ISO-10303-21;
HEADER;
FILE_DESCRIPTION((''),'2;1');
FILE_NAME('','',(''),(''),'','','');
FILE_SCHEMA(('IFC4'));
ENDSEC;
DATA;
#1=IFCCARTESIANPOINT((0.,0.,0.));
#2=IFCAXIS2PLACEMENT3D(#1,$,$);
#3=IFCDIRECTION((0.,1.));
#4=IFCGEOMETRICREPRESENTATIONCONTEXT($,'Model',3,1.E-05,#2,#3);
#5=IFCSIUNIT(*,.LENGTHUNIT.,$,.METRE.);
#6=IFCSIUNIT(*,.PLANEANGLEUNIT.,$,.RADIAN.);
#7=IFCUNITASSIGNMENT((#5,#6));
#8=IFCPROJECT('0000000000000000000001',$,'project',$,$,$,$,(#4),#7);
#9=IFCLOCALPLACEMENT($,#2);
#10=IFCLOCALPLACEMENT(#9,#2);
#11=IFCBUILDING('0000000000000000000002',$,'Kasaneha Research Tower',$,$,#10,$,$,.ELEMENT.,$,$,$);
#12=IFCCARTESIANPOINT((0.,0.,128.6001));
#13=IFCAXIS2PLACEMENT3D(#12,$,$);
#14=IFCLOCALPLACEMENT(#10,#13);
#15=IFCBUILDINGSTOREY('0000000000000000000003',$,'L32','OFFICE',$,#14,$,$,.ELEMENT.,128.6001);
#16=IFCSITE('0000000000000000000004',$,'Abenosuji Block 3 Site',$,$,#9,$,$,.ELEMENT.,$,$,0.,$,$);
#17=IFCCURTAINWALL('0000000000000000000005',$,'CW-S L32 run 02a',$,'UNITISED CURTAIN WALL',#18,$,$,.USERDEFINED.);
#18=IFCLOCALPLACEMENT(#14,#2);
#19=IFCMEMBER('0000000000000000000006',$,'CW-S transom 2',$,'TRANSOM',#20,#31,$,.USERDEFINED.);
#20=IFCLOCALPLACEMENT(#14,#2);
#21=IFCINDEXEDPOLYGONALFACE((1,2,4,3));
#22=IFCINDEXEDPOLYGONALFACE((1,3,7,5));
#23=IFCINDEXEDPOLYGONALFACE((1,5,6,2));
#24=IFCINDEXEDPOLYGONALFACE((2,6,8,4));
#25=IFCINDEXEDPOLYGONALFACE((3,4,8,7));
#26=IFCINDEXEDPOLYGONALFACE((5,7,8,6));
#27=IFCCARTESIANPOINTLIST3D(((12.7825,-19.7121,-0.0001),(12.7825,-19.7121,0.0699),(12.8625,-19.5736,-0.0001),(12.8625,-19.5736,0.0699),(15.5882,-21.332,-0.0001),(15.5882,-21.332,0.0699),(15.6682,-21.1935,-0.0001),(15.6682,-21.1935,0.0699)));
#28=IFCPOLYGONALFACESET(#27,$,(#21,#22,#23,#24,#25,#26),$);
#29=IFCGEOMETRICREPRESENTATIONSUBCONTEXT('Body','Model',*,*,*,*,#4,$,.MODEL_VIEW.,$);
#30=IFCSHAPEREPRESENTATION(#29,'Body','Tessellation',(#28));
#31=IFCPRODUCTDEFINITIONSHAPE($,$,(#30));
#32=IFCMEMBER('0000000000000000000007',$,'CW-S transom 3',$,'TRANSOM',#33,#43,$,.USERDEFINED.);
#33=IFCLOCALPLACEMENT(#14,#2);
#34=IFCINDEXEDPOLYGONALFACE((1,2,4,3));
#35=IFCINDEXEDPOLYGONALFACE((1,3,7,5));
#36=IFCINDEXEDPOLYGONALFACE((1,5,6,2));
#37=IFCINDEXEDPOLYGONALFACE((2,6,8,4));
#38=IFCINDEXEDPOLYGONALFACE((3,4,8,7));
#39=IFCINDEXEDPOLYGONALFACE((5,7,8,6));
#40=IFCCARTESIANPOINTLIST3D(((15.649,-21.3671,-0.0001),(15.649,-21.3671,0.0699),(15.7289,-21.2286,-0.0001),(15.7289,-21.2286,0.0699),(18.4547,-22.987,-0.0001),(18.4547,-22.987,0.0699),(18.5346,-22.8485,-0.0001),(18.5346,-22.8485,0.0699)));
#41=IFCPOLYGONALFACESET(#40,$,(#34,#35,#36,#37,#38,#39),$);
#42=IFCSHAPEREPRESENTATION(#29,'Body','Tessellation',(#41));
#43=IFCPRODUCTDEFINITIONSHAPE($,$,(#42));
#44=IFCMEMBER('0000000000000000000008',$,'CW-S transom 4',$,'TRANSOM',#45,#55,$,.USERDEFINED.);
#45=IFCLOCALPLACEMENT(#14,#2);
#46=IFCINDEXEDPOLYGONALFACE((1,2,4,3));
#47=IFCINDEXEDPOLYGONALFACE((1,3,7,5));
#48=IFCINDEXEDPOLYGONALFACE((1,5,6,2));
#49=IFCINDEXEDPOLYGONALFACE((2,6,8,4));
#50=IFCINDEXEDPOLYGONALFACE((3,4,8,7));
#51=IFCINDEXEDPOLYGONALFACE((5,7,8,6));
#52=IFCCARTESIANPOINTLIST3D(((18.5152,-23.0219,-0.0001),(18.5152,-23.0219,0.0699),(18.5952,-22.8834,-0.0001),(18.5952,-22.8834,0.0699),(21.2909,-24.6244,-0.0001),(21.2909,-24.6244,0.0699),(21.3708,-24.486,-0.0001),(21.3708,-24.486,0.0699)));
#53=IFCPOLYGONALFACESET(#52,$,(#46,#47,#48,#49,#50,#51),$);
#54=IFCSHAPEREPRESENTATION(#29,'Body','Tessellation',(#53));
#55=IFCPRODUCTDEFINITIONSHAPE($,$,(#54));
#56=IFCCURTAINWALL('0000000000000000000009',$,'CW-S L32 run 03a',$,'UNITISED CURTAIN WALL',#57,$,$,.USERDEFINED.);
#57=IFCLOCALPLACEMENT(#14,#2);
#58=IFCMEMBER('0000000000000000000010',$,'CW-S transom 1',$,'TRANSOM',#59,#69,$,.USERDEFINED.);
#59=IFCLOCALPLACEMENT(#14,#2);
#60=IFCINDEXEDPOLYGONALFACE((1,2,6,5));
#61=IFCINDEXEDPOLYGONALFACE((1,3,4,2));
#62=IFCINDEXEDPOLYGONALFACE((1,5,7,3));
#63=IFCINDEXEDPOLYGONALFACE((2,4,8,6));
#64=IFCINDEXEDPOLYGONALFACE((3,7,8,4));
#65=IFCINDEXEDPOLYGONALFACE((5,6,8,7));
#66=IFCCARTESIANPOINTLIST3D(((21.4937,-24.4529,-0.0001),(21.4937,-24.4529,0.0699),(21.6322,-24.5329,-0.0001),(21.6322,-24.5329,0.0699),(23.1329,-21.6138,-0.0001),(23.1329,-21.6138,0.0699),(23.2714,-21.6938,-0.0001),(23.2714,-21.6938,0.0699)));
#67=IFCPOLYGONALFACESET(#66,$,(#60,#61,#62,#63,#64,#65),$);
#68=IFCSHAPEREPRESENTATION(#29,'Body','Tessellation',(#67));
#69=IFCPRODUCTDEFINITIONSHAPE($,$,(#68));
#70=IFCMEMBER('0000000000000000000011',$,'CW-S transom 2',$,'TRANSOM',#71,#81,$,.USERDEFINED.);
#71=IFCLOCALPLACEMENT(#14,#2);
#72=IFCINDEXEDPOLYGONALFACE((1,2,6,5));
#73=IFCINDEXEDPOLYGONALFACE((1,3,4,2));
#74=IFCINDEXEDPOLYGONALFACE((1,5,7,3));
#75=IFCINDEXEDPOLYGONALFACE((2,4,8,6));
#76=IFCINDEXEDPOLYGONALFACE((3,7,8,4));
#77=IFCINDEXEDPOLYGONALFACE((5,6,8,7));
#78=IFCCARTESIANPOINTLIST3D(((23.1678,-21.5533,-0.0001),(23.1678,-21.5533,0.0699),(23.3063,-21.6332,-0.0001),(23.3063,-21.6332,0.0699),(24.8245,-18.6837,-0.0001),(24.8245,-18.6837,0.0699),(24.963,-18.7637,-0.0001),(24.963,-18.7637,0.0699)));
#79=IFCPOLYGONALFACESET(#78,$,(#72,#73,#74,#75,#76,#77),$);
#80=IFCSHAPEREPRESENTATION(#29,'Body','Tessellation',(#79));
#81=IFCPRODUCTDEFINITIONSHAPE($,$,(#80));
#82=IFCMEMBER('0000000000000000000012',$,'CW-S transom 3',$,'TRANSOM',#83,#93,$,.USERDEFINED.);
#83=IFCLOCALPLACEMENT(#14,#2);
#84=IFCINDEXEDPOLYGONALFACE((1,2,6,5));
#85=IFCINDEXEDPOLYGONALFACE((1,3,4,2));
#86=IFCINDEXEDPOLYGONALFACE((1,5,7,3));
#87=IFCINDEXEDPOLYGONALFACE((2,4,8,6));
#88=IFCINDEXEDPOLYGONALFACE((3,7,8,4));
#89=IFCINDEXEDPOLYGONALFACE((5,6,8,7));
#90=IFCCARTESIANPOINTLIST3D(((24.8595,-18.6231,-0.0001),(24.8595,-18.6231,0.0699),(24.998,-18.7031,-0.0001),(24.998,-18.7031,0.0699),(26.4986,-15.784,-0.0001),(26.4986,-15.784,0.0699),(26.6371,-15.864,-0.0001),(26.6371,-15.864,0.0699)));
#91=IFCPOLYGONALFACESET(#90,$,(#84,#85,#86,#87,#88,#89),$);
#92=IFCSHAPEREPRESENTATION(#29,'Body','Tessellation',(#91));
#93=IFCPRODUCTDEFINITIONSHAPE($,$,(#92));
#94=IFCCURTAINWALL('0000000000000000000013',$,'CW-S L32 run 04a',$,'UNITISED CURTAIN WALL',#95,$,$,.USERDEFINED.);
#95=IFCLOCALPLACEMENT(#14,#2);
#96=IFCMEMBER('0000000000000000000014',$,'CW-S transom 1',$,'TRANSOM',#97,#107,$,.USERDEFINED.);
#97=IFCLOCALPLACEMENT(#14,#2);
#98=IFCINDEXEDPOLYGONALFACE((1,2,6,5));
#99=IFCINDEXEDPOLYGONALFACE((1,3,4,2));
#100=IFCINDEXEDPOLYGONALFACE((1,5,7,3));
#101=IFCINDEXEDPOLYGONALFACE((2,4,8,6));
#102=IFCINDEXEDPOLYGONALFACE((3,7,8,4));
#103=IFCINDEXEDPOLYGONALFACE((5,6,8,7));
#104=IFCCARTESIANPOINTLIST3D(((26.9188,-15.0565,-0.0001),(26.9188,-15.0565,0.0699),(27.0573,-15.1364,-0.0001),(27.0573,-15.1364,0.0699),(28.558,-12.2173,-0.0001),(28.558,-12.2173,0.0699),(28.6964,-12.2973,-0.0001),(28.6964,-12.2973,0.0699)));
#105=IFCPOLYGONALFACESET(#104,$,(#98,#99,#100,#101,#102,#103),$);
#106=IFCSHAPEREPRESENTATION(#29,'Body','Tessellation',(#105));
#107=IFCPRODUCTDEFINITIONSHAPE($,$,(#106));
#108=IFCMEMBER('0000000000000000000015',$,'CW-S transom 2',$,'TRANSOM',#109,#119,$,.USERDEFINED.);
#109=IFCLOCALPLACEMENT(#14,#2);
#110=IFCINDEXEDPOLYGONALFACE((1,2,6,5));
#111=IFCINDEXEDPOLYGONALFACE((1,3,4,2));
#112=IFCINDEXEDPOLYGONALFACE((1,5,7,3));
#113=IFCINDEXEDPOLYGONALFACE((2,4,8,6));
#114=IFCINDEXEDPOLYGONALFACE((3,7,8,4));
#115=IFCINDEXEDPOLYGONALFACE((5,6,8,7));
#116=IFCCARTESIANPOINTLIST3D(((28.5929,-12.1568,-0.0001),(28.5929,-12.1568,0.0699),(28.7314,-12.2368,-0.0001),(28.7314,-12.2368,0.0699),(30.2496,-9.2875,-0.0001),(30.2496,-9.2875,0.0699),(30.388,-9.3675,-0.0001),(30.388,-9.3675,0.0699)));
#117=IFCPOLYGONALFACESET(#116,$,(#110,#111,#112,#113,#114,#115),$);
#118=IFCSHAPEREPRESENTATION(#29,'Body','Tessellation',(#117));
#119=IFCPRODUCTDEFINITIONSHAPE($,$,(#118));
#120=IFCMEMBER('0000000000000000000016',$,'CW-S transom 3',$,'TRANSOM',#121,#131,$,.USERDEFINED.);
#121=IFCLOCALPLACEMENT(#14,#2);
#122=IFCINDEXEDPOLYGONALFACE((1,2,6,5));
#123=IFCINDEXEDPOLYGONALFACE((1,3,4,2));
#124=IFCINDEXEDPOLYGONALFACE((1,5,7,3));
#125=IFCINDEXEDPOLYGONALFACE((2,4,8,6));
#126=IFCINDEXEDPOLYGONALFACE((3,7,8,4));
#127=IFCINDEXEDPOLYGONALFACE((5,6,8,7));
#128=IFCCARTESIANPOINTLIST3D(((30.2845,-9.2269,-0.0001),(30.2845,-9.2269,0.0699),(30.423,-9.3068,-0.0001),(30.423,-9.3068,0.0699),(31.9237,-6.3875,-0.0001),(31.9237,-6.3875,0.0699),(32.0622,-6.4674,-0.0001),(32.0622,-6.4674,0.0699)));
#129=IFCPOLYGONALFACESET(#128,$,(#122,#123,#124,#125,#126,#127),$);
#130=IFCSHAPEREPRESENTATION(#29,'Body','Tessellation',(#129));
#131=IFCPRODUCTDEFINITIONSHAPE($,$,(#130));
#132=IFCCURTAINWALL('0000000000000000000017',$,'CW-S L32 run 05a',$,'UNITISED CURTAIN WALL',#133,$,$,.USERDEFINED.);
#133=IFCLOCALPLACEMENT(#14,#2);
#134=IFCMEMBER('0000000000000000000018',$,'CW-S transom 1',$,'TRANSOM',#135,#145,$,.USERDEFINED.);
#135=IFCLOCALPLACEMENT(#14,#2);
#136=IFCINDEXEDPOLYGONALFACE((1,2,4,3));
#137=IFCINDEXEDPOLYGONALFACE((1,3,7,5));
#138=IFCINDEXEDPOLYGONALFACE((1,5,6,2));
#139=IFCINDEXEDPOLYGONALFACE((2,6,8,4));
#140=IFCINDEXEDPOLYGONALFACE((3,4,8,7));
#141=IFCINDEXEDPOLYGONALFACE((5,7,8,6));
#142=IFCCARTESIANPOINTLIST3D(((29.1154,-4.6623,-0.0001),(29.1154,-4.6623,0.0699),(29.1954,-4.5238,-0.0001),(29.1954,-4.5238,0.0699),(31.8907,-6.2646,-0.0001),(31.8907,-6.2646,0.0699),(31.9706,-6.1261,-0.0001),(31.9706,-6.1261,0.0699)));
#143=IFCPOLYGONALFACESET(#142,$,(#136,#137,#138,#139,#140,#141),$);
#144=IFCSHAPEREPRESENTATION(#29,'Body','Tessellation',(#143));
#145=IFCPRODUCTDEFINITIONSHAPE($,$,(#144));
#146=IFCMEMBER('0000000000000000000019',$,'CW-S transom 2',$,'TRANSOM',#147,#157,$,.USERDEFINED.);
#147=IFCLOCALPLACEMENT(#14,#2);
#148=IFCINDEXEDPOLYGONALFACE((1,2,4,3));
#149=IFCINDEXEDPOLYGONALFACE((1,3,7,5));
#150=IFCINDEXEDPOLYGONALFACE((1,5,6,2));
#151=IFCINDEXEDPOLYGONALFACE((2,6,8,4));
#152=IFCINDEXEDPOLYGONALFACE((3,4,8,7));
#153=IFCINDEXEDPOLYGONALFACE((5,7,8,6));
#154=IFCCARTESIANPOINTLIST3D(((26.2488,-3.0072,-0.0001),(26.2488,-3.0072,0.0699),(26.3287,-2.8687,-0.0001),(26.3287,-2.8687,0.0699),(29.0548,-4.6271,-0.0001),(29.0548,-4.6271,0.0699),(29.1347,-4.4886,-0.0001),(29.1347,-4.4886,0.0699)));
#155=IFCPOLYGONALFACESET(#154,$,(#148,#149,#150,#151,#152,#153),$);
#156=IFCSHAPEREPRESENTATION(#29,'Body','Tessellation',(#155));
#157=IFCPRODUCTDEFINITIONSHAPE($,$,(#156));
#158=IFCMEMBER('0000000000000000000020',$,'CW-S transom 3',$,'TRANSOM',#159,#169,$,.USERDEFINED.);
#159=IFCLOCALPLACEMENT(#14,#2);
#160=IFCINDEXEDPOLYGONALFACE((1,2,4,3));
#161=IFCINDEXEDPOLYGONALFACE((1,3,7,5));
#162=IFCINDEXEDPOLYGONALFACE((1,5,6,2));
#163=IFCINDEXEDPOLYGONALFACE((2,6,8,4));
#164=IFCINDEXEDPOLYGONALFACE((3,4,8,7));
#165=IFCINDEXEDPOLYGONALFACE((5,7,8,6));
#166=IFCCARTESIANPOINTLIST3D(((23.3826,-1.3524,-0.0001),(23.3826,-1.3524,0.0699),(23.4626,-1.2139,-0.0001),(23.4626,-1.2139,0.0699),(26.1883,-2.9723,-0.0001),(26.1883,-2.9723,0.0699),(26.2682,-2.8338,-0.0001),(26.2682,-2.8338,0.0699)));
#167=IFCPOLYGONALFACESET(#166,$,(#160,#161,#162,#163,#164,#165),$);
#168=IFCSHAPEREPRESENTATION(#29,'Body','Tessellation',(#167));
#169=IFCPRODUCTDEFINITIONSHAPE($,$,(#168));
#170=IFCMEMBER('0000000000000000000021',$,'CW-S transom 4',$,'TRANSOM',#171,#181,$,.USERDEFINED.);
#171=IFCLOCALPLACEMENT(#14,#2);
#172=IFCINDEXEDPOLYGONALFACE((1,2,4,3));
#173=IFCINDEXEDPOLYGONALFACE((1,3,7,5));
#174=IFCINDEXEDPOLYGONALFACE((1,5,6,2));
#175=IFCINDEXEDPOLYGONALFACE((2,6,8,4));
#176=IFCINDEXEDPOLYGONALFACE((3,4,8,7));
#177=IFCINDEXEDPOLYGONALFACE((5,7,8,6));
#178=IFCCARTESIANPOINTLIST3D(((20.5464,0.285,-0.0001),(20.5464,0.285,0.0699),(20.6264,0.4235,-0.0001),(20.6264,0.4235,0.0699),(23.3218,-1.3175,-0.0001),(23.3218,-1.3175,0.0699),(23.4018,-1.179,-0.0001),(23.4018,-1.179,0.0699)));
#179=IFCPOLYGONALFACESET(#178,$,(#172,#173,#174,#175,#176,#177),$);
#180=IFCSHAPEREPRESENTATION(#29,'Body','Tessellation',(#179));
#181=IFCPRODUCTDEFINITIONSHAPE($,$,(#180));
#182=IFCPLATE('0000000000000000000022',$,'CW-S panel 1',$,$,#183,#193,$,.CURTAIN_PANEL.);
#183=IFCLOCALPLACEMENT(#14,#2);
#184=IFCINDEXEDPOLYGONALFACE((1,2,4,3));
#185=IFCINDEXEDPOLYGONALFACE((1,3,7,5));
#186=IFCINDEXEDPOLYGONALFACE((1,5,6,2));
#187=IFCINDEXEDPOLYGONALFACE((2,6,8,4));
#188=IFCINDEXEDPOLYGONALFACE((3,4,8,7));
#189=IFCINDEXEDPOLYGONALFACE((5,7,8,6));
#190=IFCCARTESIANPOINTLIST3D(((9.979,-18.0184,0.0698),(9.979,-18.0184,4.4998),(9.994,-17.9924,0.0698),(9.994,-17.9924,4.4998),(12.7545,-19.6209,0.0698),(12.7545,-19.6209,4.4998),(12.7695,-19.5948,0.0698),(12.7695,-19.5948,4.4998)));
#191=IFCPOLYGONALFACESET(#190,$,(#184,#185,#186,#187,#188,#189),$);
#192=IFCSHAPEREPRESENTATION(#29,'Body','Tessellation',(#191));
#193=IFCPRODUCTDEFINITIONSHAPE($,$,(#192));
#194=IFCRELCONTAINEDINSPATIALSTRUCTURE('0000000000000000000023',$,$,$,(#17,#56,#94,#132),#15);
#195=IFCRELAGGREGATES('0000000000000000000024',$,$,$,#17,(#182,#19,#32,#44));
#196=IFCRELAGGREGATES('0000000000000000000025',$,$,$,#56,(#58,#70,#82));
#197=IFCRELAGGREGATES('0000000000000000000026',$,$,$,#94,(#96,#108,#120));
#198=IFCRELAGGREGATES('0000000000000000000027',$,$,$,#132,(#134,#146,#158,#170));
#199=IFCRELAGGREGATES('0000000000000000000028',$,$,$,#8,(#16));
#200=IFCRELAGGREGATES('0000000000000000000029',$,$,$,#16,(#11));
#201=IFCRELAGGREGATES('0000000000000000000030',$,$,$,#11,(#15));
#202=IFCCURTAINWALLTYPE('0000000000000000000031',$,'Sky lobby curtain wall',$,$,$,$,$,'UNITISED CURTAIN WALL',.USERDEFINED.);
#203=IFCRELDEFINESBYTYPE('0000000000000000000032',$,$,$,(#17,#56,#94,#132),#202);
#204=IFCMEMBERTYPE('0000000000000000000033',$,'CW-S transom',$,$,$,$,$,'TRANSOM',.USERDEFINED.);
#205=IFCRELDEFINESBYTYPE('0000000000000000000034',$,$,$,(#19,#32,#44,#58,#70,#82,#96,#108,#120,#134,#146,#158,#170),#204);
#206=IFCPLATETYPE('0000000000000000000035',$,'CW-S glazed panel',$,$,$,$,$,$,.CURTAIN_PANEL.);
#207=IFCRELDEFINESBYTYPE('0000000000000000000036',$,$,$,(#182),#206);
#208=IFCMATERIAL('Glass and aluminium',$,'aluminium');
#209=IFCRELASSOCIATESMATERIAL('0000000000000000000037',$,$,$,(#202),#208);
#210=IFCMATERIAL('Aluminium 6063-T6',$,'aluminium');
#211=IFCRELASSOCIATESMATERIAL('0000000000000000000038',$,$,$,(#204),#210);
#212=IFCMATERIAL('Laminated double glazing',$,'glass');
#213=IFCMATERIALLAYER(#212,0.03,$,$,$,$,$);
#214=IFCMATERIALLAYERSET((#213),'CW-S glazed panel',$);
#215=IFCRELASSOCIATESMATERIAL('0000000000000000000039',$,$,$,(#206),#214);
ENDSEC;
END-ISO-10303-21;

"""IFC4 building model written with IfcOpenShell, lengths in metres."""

from ifc_helpers import new_model, si_unit, direction, frame, origin, origin_2d, place, context, subcontext, project, spatial, rectangle, extrude, material, layer, layer_set, material_profile, profile_set, type_object, element, aggregate, save


model = new_model("IFC4")

# Units and contexts
model_context = context("Model", 3, precision=1e-05, world=origin(), true_north=direction((0.0, 1.0)))
body_context = subcontext(model_context, "Body", "Model", "MODEL_VIEW")
ifc_project = project(units=[si_unit("LENGTHUNIT", "METRE"), si_unit("PLANEANGLEUNIT", "RADIAN")], contexts=[model_context])

# Site, building, storey
site_placement = place(None, origin())
site = spatial("IfcSite", under=ifc_project, at=site_placement, Name="Abenosuji Block 3 Site", CompositionType="ELEMENT", RefElevation=0.0)
building_placement = place(site_placement, origin())
building = spatial("IfcBuilding", under=site, at=building_placement, Name="Kasaneha Research Tower", CompositionType="ELEMENT")
storey_placement = place(building_placement, frame((0.0, 0.0, 128.6001)))
storey = spatial("IfcBuildingStorey", under=building, at=storey_placement, Name="L32", Description="OFFICE", CompositionType="ELEMENT", Elevation=128.6001)

# Curtain walls, members
ifc_material_1 = material(Name="Glass and aluminium", Category="aluminium")
curtain_wall_type = type_object("IfcCurtainWallType", Name="Sky lobby curtain wall", ElementType="UNITISED CURTAIN WALL", PredefinedType="USERDEFINED", material=ifc_material_1)
curtain_wall_1_placement = place(storey_placement, origin())
curtain_wall_1 = element("IfcCurtainWall", 1, at=curtain_wall_1_placement, inside=storey, type_object=curtain_wall_type, Name="CW-S L32 run 02a", ObjectType="UNITISED CURTAIN WALL", PredefinedType="USERDEFINED")
ifc_material_2 = material(Name="Aluminium 6063-T6", Category="aluminium")
ifc_material_profile = material_profile(ifc_material_2, rectangle(XDim=0.1599, YDim=0.0701, at=origin_2d()), Name="CW-S transom 160x70")
ifc_profile_set = profile_set([ifc_material_profile], Name="Aluminium 6063-T6")
member_type = type_object("IfcMemberType", Name="CW-S transom", ElementType="TRANSOM", PredefinedType="USERDEFINED", material=ifc_profile_set)
member_1_placement = place(storey_placement, frame((12.8225, -19.6428, 0.0349), z_axis=(0.866022, -0.500005, 0.0), x_axis=(0.500005, 0.866022, 0.0)))
member_1 = element("IfcMember", 2, at=member_1_placement, type_object=member_type, Name="CW-S transom 2", ObjectType="TRANSOM", PredefinedType="USERDEFINED", context=body_context, shape_type="SweptSolid", body=[
    extrude(rectangle(XDim=0.1599, YDim=0.0701, at=origin_2d()), origin(), (0.0, 0.0, 1.0), 3.2397),
])
member_2_placement = place(storey_placement, frame((15.689, -21.2979, 0.0349), z_axis=(0.866022, -0.500005, 0.0), x_axis=(0.500005, 0.866022, 0.0)))
member_2 = element("IfcMember", 3, at=member_2_placement, type_object=member_type, Name="CW-S transom 3", ObjectType="TRANSOM", PredefinedType="USERDEFINED", context=body_context, shape_type="SweptSolid", body=[
    extrude(rectangle(XDim=0.1599, YDim=0.0701, at=origin_2d()), origin(), (0.0, 0.0, 1.0), 3.2397),
])
member_3_placement = place(storey_placement, frame((18.5552, -22.9526, 0.0349), z_axis=(0.866022, -0.500006, 0.0), x_axis=(0.500006, 0.866022, 0.0)))
member_3 = element("IfcMember", 4, at=member_3_placement, type_object=member_type, Name="CW-S transom 4", ObjectType="TRANSOM", PredefinedType="USERDEFINED", context=body_context, shape_type="SweptSolid", body=[
    extrude(rectangle(XDim=0.1599, YDim=0.0701, at=origin_2d()), origin(), (0.0, 0.0, 1.0), 3.2051),
])
curtain_wall_2_placement = place(storey_placement, origin())
curtain_wall_2 = element("IfcCurtainWall", 5, at=curtain_wall_2_placement, inside=storey, type_object=curtain_wall_type, Name="CW-S L32 run 03a", ObjectType="UNITISED CURTAIN WALL", PredefinedType="USERDEFINED")
member_4_placement = place(storey_placement, frame((21.563, -24.4929, 0.0349), z_axis=(0.5, 0.866026, 0.0), x_axis=(-0.866026, 0.5, 0.0)))
member_4 = element("IfcMember", 6, at=member_4_placement, type_object=member_type, Name="CW-S transom 1", ObjectType="TRANSOM", PredefinedType="USERDEFINED", context=body_context, shape_type="SweptSolid", body=[
    extrude(rectangle(XDim=0.1599, YDim=0.0701, at=origin_2d()), origin(), (0.0, 0.0, 1.0), 3.2783),
])
member_5_placement = place(storey_placement, frame((23.2371, -21.5933, 0.0349), z_axis=(0.49999, 0.866031, 0.0), x_axis=(-0.866031, 0.49999, 0.0)))
member_5 = element("IfcMember", 7, at=member_5_placement, type_object=member_type, Name="CW-S transom 2", ObjectType="TRANSOM", PredefinedType="USERDEFINED", context=body_context, shape_type="SweptSolid", body=[
    extrude(rectangle(XDim=0.1599, YDim=0.0701, at=origin_2d()), origin(), (0.0, 0.0, 1.0), 3.3135),
])
member_6_placement = place(storey_placement, frame((24.9287, -18.6631, 0.0349), z_axis=(0.5, 0.866026, 0.0), x_axis=(-0.866026, 0.5, 0.0)))
member_6 = element("IfcMember", 8, at=member_6_placement, type_object=member_type, Name="CW-S transom 3", ObjectType="TRANSOM", PredefinedType="USERDEFINED", context=body_context, shape_type="SweptSolid", body=[
    extrude(rectangle(XDim=0.1599, YDim=0.0701, at=origin_2d()), origin(), (0.0, 0.0, 1.0), 3.2783),
])
curtain_wall_3_placement = place(storey_placement, origin())
curtain_wall_3 = element("IfcCurtainWall", 9, at=curtain_wall_3_placement, inside=storey, type_object=curtain_wall_type, Name="CW-S L32 run 04a", ObjectType="UNITISED CURTAIN WALL", PredefinedType="USERDEFINED")
member_7_placement = place(storey_placement, frame((26.988, -15.0964, 0.0349), z_axis=(0.5, 0.866026, 0.0), x_axis=(-0.866026, 0.5, 0.0)))
member_7 = element("IfcMember", 10, at=member_7_placement, type_object=member_type, Name="CW-S transom 1", ObjectType="TRANSOM", PredefinedType="USERDEFINED", context=body_context, shape_type="SweptSolid", body=[
    extrude(rectangle(XDim=0.1599, YDim=0.0701, at=origin_2d()), origin(), (0.0, 0.0, 1.0), 3.2783),
])
member_8_placement = place(storey_placement, frame((28.6621, -12.1968, 0.0349), z_axis=(0.500022, 0.866013, 0.0), x_axis=(-0.866013, 0.500022, 0.0)))
member_8 = element("IfcMember", 11, at=member_8_placement, type_object=member_type, Name="CW-S transom 2", ObjectType="TRANSOM", PredefinedType="USERDEFINED", context=body_context, shape_type="SweptSolid", body=[
    extrude(rectangle(XDim=0.1599, YDim=0.0701, at=origin_2d()), origin(), (0.0, 0.0, 1.0), 3.3132),
])
member_9_placement = place(storey_placement, frame((30.3538, -9.2668, 0.0349), z_axis=(0.499967, 0.866044, 0.0), x_axis=(-0.866044, 0.499967, 0.0)))
member_9 = element("IfcMember", 12, at=member_9_placement, type_object=member_type, Name="CW-S transom 3", ObjectType="TRANSOM", PredefinedType="USERDEFINED", context=body_context, shape_type="SweptSolid", body=[
    extrude(rectangle(XDim=0.1599, YDim=0.0701, at=origin_2d()), origin(), (0.0, 0.0, 1.0), 3.2786),
])
curtain_wall_4_placement = place(storey_placement, origin())
curtain_wall_4 = element("IfcCurtainWall", 13, at=curtain_wall_4_placement, inside=storey, type_object=curtain_wall_type, Name="CW-S L32 run 05a", ObjectType="UNITISED CURTAIN WALL", PredefinedType="USERDEFINED")
member_10_placement = place(storey_placement, frame((31.9307, -6.1953, 0.0349), z_axis=(-0.866036, 0.499982, 0.0), x_axis=(-0.499982, -0.866036, 0.0)))
member_10 = element("IfcMember", 14, at=member_10_placement, type_object=member_type, Name="CW-S transom 1", ObjectType="TRANSOM", PredefinedType="USERDEFINED", context=body_context, shape_type="SweptSolid", body=[
    extrude(rectangle(XDim=0.1599, YDim=0.0701, at=origin_2d()), origin(), (0.0, 0.0, 1.0), 3.2046),
])
member_11_placement = place(storey_placement, frame((29.0947, -4.5579, 0.0349), z_axis=(-0.866041, 0.499972, 0.0), x_axis=(-0.499972, -0.866041, 0.0)))
member_11 = element("IfcMember", 15, at=member_11_placement, type_object=member_type, Name="CW-S transom 2", ObjectType="TRANSOM", PredefinedType="USERDEFINED", context=body_context, shape_type="SweptSolid", body=[
    extrude(rectangle(XDim=0.1599, YDim=0.0701, at=origin_2d()), origin(), (0.0, 0.0, 1.0), 3.24),
])
member_12_placement = place(storey_placement, frame((26.2283, -2.9031, 0.0349), z_axis=(-0.866022, 0.500005, 0.0), x_axis=(-0.500005, -0.866022, 0.0)))
member_12 = element("IfcMember", 16, at=member_12_placement, type_object=member_type, Name="CW-S transom 3", ObjectType="TRANSOM", PredefinedType="USERDEFINED", context=body_context, shape_type="SweptSolid", body=[
    extrude(rectangle(XDim=0.1599, YDim=0.0701, at=origin_2d()), origin(), (0.0, 0.0, 1.0), 3.2397),
])
member_13_placement = place(storey_placement, frame((23.3618, -1.2483, 0.0349), z_axis=(-0.866003, 0.500039, 0.0), x_axis=(-0.500039, -0.866003, 0.0)))
member_13 = element("IfcMember", 17, at=member_13_placement, type_object=member_type, Name="CW-S transom 4", ObjectType="TRANSOM", PredefinedType="USERDEFINED", context=body_context, shape_type="SweptSolid", body=[
    extrude(rectangle(XDim=0.1599, YDim=0.0701, at=origin_2d()), origin(), (0.0, 0.0, 1.0), 3.2048),
])

# Plate
ifc_material_3 = material(Name="Laminated double glazing", Category="glass")
ifc_layer_1 = layer(ifc_material_3, 0.03)
ifc_layer_set_1 = layer_set([ifc_layer_1], Name="CW-S glazed panel")
plate_type = type_object("IfcPlateType", Name="CW-S glazed panel", PredefinedType="CURTAIN_PANEL", material=ifc_layer_set_1)
plate_1_placement = place(storey_placement, frame((11.3743, -18.8066, 0.0698), z_axis=(0.0, 0.0, 1.0), x_axis=(0.866025, -0.5, 0.0)))
plate_1 = element("IfcPlate", 18, at=plate_1_placement, type_object=plate_type, Name="CW-S panel 1", PredefinedType="CURTAIN_PANEL", context=body_context, shape_type="SweptSolid", body=[
    extrude(rectangle(XDim=3.2048, YDim=0.03, at=origin_2d()), origin(), (0.0, 0.0, 1.0), 4.4299),
])
aggregate(curtain_wall_1, [plate_1, member_1, member_2, member_3])
aggregate(curtain_wall_2, [member_4, member_5, member_6])
aggregate(curtain_wall_3, [member_7, member_8, member_9])
aggregate(curtain_wall_4, [member_10, member_11, member_12, member_13])

save(model, "model.ifc")
